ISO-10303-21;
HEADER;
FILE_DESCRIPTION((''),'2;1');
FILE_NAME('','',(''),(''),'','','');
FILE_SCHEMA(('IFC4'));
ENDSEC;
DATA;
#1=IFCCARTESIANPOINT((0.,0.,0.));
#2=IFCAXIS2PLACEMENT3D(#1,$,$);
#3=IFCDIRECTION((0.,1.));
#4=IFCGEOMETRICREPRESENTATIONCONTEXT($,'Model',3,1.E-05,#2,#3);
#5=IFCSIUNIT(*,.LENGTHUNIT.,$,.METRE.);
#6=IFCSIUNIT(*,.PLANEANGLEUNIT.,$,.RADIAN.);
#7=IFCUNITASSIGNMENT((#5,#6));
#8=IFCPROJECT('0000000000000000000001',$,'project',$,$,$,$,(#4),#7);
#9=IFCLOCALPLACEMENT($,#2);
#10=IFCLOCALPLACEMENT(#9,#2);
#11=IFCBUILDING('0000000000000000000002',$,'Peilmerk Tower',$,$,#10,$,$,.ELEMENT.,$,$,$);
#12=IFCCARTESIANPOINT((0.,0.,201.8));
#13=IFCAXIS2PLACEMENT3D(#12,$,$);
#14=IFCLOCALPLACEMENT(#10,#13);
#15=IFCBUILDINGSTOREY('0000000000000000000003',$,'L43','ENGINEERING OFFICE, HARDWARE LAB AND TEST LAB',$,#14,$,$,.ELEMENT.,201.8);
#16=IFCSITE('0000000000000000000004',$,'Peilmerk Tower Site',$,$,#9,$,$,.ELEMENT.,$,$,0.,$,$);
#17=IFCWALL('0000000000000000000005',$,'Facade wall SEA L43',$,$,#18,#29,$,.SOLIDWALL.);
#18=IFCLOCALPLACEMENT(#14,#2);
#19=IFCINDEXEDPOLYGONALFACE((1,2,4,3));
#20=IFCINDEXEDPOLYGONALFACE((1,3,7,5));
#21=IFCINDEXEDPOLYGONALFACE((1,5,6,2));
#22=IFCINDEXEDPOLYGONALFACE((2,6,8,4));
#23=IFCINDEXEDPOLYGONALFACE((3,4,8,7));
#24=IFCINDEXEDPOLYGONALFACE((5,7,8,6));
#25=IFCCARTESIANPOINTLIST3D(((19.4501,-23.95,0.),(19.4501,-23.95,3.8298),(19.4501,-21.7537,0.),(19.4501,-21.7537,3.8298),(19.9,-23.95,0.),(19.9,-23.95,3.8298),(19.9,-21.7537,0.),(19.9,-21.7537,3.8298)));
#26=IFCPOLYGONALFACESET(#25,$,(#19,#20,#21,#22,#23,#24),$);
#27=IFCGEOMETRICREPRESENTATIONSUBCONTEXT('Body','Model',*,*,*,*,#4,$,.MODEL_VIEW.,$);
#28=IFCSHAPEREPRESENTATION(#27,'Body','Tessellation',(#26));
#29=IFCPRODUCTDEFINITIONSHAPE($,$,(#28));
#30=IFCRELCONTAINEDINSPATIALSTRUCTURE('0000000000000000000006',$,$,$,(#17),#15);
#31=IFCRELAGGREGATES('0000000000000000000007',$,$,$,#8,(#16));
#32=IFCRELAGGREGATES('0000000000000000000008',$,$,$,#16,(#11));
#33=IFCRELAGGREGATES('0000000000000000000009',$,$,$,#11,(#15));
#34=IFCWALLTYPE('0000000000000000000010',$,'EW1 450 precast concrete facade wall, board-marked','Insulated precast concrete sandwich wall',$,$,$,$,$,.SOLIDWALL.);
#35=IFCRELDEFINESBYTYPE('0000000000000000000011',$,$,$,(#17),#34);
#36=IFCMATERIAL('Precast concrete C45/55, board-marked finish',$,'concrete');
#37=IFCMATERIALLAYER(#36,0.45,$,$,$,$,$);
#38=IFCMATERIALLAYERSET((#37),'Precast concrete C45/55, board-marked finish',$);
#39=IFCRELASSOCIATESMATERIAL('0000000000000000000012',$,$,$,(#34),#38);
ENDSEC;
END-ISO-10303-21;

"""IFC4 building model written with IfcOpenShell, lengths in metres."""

from ifc_helpers import new_model, si_unit, direction, frame, frame_2d, origin, place, context, subcontext, project, spatial, rectangle, extrude, material, layer, layer_set, type_object, element, save


model = new_model("IFC4")

# Units and contexts
model_context = context("Model", 3, precision=1e-05, world=origin(), true_north=direction((0.0, 1.0)))
body_context = subcontext(model_context, "Body", "Model", "MODEL_VIEW")
ifc_project = project(units=[si_unit("LENGTHUNIT", "METRE"), si_unit("PLANEANGLEUNIT", "RADIAN")], contexts=[model_context])

# Site, building, storey
site_placement = place(None, origin())
site = spatial("IfcSite", under=ifc_project, at=site_placement, Name="Peilmerk Tower Site", CompositionType="ELEMENT", RefElevation=0.0)
building_placement = place(site_placement, origin())
building = spatial("IfcBuilding", under=site, at=building_placement, Name="Peilmerk Tower", CompositionType="ELEMENT")
storey_placement = place(building_placement, frame((0.0, 0.0, 201.8)))
storey = spatial("IfcBuildingStorey", under=building, at=storey_placement, Name="L43", Description="ENGINEERING OFFICE, HARDWARE LAB AND TEST LAB", CompositionType="ELEMENT", Elevation=201.8)

# Shared definitions
ifc_material_1 = material(Name="Precast concrete C45/55, board-marked finish", Category="concrete")
ifc_layer_1 = layer(ifc_material_1, 0.45)
ifc_layer_set_1 = layer_set([ifc_layer_1], Name="Precast concrete C45/55, board-marked finish")
wall_type = type_object("IfcWallType", Name="EW1 450 precast concrete facade wall, board-marked", Description="Insulated precast concrete sandwich wall", PredefinedType="SOLIDWALL", material=ifc_layer_set_1)

# Wall
wall_1_placement = place(storey_placement, frame((19.675, -21.7537, 0.0), z_axis=(0.0, 0.0, 1.0), x_axis=(0.0, -1.0, 0.0)))
element("IfcWall", 1, at=wall_1_placement, inside=storey, type_object=wall_type, Name="Facade wall SEA L43", PredefinedType="SOLIDWALL", context=body_context, shape_type="SweptSolid", body=[
    extrude(rectangle(XDim=2.1963, YDim=0.45, at=frame_2d((1.0981, 0.0))), origin(), (0.0, 0.0, 1.0), 3.8298),
])

save(model, "model.ifc")
